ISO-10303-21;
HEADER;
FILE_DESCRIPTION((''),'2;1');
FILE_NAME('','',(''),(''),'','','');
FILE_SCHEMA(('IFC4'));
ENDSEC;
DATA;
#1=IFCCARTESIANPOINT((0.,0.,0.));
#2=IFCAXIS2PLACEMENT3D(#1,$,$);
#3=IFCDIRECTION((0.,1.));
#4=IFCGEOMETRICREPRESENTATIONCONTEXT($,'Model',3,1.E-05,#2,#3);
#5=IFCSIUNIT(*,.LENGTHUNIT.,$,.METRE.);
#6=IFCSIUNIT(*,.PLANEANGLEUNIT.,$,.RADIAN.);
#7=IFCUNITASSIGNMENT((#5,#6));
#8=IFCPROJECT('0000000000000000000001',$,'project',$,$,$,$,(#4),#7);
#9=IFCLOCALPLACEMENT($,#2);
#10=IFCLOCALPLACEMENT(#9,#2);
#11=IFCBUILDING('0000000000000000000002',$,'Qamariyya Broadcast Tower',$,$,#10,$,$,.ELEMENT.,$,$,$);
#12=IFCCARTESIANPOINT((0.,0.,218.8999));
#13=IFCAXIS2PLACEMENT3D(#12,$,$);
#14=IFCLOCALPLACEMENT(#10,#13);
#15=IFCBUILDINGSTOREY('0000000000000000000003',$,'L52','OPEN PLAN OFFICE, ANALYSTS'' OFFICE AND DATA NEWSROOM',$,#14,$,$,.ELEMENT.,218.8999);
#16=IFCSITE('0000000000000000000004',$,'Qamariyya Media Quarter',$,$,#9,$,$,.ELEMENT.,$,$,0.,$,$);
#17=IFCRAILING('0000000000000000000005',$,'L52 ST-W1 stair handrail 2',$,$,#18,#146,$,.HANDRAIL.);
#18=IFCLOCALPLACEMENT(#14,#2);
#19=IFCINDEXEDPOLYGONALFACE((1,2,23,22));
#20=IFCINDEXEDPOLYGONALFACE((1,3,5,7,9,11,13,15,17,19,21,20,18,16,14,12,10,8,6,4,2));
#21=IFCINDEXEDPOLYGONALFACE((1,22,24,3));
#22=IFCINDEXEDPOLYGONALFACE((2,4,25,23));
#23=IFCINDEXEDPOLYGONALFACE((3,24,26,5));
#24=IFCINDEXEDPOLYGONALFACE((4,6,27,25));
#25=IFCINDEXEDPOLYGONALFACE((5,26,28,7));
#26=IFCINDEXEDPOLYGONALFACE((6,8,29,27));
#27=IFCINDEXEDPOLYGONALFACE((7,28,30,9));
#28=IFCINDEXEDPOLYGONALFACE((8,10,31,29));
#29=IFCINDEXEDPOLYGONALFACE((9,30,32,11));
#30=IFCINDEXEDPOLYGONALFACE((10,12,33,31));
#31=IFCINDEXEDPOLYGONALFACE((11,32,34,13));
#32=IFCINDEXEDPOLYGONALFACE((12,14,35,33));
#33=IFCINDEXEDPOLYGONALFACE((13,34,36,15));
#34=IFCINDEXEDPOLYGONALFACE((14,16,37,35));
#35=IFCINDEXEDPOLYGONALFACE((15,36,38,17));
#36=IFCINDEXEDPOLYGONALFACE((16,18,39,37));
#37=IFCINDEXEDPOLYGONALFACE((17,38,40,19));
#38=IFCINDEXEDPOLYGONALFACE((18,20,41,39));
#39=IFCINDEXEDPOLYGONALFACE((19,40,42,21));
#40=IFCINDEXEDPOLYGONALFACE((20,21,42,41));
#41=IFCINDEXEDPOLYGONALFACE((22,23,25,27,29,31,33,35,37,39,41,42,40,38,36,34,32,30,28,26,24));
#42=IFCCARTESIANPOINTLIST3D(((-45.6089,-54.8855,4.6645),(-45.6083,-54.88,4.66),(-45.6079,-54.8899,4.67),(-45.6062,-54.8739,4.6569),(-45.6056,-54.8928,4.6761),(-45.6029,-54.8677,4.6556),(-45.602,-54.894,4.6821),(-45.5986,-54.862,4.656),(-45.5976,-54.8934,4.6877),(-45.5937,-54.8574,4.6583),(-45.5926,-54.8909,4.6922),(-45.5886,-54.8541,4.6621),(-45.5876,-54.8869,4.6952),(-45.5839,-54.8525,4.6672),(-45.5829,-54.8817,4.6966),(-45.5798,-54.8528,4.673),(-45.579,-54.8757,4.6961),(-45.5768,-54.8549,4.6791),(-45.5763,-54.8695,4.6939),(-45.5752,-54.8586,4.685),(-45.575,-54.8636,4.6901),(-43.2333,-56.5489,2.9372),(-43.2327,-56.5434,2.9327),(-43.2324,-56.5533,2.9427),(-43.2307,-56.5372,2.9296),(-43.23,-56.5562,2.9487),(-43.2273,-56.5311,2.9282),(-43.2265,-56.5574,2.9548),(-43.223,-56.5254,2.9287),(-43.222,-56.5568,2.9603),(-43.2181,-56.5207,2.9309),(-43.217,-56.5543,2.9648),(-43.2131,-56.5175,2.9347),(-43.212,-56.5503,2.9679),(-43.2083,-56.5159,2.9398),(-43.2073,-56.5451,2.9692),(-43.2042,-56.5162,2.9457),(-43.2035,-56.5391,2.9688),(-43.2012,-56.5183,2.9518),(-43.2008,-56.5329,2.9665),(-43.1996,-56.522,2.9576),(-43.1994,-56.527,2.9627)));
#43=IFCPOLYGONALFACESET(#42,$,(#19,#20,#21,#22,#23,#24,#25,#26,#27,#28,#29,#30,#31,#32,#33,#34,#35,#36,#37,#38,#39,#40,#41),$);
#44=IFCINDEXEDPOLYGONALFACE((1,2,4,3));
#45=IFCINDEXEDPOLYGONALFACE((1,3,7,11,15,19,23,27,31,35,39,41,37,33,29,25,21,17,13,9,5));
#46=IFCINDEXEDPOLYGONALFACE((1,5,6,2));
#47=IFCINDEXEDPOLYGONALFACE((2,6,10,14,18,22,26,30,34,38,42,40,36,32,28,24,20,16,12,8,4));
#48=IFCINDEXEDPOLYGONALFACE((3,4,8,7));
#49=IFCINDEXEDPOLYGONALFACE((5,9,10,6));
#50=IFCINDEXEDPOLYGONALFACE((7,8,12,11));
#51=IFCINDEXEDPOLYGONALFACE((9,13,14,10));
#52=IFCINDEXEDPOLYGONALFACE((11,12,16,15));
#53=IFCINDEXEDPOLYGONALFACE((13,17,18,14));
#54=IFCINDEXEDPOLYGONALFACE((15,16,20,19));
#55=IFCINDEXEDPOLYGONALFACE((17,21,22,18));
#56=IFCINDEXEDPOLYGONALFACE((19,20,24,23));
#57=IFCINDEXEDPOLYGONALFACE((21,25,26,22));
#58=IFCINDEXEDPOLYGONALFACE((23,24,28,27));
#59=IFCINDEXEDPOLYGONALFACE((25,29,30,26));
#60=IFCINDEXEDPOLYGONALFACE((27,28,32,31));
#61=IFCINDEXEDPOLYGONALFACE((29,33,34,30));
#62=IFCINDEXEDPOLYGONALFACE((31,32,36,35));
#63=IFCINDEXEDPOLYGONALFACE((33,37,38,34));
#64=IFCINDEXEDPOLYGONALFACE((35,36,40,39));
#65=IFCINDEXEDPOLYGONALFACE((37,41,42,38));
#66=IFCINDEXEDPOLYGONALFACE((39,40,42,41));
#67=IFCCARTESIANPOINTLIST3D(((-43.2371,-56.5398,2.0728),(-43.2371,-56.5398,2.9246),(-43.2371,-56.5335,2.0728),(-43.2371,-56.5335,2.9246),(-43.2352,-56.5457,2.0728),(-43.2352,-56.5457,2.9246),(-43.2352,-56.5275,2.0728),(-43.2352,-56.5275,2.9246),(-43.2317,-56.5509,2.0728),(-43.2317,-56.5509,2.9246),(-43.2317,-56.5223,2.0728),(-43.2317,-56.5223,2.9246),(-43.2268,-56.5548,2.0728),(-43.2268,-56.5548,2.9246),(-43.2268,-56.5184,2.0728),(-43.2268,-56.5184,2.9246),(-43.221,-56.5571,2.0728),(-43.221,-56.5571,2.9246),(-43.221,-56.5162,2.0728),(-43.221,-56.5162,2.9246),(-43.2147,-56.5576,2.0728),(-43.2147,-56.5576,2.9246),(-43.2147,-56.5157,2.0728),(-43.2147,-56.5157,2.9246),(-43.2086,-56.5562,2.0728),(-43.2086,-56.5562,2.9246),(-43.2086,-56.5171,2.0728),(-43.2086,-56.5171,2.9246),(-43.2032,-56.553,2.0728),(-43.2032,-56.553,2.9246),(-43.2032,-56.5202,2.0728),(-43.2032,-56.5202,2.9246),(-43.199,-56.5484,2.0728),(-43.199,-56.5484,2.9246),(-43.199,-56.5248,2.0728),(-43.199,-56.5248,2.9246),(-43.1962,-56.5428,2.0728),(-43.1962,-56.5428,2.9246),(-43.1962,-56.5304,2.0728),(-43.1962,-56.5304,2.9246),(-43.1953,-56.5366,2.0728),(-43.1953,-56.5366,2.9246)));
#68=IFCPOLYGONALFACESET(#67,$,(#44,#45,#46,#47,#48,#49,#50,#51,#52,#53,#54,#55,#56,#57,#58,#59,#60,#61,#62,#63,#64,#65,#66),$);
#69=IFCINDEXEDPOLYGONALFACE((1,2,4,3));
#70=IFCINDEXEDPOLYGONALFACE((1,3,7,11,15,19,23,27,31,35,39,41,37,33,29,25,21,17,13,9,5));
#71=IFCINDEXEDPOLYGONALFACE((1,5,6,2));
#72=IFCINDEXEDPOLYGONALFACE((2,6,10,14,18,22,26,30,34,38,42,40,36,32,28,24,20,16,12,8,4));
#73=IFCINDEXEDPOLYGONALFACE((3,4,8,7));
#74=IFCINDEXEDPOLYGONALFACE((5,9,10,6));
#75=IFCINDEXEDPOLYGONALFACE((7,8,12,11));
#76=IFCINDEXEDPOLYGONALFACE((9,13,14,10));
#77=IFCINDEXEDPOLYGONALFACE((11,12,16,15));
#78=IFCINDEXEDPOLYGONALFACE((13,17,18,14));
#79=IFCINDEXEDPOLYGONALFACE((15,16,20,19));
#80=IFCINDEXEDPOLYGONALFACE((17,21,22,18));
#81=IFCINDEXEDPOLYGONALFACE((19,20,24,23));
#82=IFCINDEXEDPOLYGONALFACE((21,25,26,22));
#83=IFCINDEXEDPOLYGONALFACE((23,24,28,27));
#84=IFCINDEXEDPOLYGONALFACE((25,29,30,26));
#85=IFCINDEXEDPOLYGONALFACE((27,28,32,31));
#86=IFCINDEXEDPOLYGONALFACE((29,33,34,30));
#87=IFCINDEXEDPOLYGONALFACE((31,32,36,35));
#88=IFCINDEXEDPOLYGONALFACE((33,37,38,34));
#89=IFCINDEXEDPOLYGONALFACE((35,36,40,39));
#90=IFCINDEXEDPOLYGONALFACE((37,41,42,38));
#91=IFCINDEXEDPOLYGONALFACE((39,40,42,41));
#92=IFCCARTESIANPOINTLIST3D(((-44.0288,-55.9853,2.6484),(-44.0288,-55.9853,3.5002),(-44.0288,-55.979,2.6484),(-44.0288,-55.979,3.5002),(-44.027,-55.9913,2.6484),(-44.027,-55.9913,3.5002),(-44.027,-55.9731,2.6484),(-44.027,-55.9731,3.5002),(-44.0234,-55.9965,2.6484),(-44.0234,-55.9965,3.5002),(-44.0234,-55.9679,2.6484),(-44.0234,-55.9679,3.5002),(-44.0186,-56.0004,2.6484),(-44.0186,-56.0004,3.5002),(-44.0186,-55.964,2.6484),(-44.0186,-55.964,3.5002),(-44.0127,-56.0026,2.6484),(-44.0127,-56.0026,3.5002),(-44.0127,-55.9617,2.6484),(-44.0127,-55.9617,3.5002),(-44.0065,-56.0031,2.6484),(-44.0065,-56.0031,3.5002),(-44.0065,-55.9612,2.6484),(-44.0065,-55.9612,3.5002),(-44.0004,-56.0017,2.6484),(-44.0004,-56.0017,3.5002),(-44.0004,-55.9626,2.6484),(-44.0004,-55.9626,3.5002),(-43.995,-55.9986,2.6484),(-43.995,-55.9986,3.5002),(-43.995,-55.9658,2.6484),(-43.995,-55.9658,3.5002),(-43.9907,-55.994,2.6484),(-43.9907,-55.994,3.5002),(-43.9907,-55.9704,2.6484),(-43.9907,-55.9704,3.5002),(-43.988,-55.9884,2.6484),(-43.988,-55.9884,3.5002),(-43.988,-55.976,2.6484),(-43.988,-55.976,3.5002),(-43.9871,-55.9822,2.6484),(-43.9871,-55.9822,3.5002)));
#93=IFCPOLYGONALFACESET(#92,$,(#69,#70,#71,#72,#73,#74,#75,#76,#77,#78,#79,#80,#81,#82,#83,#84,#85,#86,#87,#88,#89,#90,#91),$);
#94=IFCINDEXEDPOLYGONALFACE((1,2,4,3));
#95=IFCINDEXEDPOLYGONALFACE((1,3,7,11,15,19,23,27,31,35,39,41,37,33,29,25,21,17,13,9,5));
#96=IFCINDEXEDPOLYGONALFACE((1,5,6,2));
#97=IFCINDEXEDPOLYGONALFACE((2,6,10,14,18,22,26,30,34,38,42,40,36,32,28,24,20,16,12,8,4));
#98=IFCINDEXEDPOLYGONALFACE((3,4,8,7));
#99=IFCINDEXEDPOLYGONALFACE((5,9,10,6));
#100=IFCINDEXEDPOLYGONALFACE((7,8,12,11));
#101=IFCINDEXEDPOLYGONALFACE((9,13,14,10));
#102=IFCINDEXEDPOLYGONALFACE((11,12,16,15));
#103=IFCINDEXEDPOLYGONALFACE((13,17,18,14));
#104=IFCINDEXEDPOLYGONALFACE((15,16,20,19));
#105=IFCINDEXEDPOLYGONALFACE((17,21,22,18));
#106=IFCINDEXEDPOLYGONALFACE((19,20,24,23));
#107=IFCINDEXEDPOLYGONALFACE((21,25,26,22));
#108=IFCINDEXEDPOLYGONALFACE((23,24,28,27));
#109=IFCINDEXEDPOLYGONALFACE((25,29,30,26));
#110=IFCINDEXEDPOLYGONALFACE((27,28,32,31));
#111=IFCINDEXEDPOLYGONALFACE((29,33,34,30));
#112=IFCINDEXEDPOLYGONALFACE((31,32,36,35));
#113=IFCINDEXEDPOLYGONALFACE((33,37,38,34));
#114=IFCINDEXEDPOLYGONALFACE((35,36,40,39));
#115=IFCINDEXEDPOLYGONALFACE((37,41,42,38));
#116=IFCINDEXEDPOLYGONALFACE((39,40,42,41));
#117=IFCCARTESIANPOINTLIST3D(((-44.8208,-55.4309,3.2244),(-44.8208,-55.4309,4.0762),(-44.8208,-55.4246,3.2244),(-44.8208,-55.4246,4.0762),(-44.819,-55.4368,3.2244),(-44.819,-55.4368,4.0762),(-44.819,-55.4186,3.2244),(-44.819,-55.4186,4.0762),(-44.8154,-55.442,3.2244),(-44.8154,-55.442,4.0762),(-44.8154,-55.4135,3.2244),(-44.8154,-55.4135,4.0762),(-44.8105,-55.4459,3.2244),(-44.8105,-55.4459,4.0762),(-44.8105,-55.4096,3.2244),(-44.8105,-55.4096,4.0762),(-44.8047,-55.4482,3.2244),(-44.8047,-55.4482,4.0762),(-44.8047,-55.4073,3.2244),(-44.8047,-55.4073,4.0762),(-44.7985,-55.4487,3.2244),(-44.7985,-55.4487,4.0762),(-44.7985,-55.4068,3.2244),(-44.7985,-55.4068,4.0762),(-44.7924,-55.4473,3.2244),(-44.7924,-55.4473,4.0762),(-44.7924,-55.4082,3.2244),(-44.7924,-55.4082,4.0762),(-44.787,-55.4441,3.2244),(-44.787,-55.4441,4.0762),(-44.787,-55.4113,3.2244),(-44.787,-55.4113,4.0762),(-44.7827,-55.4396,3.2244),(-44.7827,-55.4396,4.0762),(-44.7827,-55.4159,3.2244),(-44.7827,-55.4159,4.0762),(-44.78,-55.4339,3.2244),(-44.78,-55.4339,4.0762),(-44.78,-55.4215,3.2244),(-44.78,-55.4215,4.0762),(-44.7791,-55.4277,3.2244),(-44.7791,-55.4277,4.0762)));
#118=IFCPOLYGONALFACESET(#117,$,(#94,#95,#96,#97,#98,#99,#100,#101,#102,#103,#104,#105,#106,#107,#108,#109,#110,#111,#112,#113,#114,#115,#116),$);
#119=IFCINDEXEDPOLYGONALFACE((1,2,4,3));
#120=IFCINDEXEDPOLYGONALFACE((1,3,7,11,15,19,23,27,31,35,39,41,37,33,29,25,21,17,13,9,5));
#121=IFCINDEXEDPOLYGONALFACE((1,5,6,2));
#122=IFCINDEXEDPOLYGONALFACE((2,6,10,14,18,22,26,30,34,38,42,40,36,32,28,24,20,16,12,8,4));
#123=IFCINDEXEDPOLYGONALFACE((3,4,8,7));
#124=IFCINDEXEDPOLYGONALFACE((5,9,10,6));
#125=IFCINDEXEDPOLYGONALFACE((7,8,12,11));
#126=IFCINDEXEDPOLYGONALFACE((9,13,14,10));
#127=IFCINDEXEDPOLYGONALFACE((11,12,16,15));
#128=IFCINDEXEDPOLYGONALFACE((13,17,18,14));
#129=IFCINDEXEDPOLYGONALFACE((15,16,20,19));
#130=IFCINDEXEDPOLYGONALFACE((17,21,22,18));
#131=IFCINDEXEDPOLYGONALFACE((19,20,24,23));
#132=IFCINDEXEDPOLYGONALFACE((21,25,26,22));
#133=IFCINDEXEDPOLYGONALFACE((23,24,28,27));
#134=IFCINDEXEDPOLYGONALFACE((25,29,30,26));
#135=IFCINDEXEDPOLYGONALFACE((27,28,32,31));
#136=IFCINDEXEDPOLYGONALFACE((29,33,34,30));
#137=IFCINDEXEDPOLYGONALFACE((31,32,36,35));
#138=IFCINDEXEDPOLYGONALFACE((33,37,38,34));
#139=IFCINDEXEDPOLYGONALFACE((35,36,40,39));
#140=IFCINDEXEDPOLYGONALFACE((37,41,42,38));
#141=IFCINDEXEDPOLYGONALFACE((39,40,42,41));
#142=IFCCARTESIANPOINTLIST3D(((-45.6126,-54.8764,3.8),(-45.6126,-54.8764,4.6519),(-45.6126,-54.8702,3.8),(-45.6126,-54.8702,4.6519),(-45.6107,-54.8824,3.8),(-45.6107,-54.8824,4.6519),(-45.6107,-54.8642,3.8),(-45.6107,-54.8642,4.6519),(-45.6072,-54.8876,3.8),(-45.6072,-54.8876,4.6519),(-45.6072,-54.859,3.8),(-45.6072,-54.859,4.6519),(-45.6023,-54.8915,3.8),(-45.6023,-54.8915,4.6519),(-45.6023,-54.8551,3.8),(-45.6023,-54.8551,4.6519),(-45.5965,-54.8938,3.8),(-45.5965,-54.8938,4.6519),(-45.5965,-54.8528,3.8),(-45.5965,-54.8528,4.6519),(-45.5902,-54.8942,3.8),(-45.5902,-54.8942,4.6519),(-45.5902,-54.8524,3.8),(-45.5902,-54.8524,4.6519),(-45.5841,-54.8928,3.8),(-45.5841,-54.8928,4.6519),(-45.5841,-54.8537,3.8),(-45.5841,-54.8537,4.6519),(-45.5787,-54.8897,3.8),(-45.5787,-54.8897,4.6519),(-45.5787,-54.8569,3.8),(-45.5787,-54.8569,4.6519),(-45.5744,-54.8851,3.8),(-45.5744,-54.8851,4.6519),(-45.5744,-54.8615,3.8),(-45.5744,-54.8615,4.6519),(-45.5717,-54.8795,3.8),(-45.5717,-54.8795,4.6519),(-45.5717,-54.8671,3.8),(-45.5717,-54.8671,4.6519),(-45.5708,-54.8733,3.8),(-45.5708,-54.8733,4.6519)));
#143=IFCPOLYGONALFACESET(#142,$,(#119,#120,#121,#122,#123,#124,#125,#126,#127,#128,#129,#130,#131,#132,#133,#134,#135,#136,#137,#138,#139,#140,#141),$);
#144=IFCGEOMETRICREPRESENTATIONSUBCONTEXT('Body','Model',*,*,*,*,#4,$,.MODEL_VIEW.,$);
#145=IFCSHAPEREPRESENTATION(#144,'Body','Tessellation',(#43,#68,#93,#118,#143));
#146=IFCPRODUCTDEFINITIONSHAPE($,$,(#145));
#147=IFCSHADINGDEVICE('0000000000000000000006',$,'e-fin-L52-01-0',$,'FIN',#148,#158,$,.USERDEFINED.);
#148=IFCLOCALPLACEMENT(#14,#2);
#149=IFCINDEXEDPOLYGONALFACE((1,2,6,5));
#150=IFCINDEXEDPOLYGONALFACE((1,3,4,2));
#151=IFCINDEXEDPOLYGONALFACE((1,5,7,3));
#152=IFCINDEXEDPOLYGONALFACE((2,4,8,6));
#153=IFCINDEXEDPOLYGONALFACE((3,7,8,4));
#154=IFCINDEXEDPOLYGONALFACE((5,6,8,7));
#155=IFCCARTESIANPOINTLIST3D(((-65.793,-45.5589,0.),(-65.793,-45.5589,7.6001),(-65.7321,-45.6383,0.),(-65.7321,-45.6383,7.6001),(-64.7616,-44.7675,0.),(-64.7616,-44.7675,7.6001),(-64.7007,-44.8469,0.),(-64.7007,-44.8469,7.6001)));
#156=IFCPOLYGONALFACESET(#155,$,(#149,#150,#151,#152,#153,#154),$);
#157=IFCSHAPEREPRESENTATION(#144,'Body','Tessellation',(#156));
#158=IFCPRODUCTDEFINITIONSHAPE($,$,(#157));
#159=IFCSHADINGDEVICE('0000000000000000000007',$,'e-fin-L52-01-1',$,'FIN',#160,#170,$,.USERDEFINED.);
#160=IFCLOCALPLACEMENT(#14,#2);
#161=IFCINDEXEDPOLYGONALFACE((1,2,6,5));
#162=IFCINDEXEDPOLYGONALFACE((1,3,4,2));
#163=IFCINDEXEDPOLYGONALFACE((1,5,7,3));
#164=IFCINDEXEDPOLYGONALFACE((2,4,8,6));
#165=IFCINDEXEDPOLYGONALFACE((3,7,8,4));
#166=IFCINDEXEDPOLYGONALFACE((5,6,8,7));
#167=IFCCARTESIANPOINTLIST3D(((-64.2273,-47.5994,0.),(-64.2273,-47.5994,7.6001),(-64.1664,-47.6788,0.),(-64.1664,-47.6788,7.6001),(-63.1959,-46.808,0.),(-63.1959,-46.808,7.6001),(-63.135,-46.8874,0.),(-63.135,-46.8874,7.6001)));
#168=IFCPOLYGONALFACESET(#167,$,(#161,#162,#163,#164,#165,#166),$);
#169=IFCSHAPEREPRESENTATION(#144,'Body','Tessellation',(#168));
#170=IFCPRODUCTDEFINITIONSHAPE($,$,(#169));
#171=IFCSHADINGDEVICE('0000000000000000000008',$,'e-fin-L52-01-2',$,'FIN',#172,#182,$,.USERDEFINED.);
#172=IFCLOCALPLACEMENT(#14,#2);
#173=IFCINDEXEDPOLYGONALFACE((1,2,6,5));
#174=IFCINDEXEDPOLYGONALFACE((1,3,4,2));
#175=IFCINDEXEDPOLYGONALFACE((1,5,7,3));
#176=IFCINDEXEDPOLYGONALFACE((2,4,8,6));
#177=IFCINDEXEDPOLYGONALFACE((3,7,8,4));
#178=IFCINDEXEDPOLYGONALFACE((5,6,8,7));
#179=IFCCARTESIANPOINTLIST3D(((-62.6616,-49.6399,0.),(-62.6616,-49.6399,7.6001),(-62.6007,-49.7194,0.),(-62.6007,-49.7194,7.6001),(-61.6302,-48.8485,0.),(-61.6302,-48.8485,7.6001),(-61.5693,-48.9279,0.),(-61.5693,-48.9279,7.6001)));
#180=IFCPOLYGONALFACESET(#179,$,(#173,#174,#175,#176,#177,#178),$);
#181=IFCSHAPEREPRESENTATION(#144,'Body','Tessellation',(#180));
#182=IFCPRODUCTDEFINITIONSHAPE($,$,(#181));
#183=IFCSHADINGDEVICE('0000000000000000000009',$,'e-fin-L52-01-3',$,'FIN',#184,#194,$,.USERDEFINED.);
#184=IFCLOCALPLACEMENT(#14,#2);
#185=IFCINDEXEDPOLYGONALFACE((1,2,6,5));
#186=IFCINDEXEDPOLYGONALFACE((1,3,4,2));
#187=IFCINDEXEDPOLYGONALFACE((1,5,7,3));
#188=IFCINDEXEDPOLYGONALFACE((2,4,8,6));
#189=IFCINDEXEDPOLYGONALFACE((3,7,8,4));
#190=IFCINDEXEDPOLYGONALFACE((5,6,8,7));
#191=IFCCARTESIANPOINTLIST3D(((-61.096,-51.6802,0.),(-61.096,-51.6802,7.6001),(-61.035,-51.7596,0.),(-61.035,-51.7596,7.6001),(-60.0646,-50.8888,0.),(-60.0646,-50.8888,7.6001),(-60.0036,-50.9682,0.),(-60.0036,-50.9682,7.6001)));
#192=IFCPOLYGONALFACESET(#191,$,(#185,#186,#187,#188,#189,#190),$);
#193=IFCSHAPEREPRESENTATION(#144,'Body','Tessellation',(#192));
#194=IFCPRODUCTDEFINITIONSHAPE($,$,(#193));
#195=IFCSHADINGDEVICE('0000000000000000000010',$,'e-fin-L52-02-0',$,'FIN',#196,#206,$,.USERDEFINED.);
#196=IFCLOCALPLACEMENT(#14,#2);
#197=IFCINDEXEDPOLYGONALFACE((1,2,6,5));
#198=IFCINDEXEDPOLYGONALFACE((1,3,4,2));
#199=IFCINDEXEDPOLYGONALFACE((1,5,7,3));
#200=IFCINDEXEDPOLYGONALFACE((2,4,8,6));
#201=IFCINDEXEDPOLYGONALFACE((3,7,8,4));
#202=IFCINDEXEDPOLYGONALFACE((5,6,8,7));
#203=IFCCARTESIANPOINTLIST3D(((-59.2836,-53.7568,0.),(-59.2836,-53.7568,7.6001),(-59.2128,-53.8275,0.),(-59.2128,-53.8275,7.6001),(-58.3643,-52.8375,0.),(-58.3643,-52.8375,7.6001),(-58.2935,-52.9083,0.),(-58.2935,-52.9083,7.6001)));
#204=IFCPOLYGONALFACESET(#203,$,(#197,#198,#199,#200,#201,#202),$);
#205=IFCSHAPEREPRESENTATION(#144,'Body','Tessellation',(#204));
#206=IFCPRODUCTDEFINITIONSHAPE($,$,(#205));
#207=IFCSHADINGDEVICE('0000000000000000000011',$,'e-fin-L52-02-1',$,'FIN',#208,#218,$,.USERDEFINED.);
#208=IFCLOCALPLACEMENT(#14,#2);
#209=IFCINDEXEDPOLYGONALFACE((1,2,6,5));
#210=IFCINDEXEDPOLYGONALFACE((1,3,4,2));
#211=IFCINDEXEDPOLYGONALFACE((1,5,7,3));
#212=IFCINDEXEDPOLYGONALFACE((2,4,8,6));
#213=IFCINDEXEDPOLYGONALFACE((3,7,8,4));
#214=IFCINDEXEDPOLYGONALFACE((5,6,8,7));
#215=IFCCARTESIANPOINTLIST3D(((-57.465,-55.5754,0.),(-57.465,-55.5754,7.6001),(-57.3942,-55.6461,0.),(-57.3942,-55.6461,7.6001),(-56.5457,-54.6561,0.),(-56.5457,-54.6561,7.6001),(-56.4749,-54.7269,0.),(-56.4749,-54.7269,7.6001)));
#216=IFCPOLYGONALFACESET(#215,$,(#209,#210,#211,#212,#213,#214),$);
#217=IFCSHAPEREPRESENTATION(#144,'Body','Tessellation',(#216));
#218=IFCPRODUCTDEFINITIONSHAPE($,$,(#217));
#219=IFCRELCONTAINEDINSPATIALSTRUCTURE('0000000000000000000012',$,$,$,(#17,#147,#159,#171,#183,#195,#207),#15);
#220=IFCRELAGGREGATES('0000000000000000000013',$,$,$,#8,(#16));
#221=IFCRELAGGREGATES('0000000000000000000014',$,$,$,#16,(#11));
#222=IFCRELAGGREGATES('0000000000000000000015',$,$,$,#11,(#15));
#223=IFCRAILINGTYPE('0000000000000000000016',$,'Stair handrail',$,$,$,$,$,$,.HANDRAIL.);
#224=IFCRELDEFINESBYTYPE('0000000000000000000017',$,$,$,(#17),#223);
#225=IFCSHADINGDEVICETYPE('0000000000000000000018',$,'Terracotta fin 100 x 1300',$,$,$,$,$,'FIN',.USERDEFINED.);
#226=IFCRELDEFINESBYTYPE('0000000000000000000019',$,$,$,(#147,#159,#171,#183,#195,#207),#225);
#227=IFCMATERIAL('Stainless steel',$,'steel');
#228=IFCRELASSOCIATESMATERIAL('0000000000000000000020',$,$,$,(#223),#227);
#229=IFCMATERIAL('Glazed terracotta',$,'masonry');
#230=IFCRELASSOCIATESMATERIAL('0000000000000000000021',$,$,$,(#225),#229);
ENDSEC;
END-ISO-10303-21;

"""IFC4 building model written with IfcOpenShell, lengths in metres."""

from ifc_helpers import new_model, si_unit, direction, frame, origin, origin_2d, place, context, subcontext, project, spatial, rectangle, circle, extrude, material, material_profile, profile_set, type_object, element, save


model = new_model("IFC4")

# Units and contexts
model_context = context("Model", 3, precision=1e-05, world=origin(), true_north=direction((0.0, 1.0)))
body_context = subcontext(model_context, "Body", "Model", "MODEL_VIEW")
ifc_project = project(units=[si_unit("LENGTHUNIT", "METRE"), si_unit("PLANEANGLEUNIT", "RADIAN")], contexts=[model_context])

# Site, building, storey
site_placement = place(None, origin())
site = spatial("IfcSite", under=ifc_project, at=site_placement, Name="Qamariyya Media Quarter", CompositionType="ELEMENT", RefElevation=0.0)
building_placement = place(site_placement, origin())
building = spatial("IfcBuilding", under=site, at=building_placement, Name="Qamariyya Broadcast Tower", CompositionType="ELEMENT")
storey_placement = place(building_placement, frame((0.0, 0.0, 218.8999)))
storey = spatial("IfcBuildingStorey", under=building, at=storey_placement, Name="L52", Description="OPEN PLAN OFFICE, ANALYSTS' OFFICE AND DATA NEWSROOM", CompositionType="ELEMENT", Elevation=218.8999)

# Railing
ifc_material_1 = material(Name="Stainless steel", Category="steel")
railing_type_1 = type_object("IfcRailingType", Name="Stair handrail", PredefinedType="HANDRAIL", material=ifc_material_1)
railing_1_placement = place(storey_placement, frame((-43.2163, -56.5366, 2.0728)))
element("IfcRailing", 1, at=railing_1_placement, inside=storey, type_object=railing_type_1, Name="L52 ST-W1 stair handrail 2", PredefinedType="HANDRAIL", context=body_context, shape_type="SweptSolid", body=[
    extrude(circle(Radius=0.0239, at=origin_2d()), frame((0.0, 0.0, 0.876), z_axis=(-0.70377, 0.492784, 0.511734), x_axis=(-0.573575, -0.819153, 0.0)), (0.0, 0.0, 1.0), 3.3755),
    extrude(circle(Radius=0.021, at=origin_2d()), origin(), (0.0, 0.0, 1.0), 0.8518),
    extrude(circle(Radius=0.021, at=origin_2d()), frame((-0.7917, 0.5544, 0.5757)), (0.0, 0.0, 1.0), 0.8518),
    extrude(circle(Radius=0.021, at=origin_2d()), frame((-1.5837, 1.1089, 1.1516)), (0.0, 0.0, 1.0), 0.8518),
    extrude(circle(Radius=0.021, at=origin_2d()), frame((-2.3755, 1.6633, 1.7273)), (0.0, 0.0, 1.0), 0.8518),
])

# Shading devices
ifc_material_2 = material(Name="Glazed terracotta", Category="masonry")
ifc_material_profile_1 = material_profile(ifc_material_2, rectangle(XDim=1.3, YDim=0.1001, at=origin_2d()))
ifc_profile_set_1 = profile_set([ifc_material_profile_1], Name="Glazed terracotta")
shading_device_type_1 = type_object("IfcShadingDeviceType", Name="Terracotta fin 100 x 1300", ElementType="FIN", PredefinedType="USERDEFINED", material=ifc_profile_set_1)
for number, where, z_axis, x_axis, name in (
    (2, (-65.2468, -45.2029, 0.0), (0.0, 0.0, 1.0), (-0.793353, -0.608761, 0.0), "e-fin-L52-01-0"),
    (3, (-63.6812, -47.2434, 0.0), (0.0, 0.0, 1.0), (-0.793353, -0.608761, 0.0), "e-fin-L52-01-1"),
    (4, (-62.1155, -49.2839, 0.0), (0.0, 0.0, 1.0), (-0.793353, -0.608761, 0.0), "e-fin-L52-01-2"),
    (5, (-60.5498, -51.3242, 0.0), (0.0, 0.0, 1.0), (-0.793353, -0.608761, 0.0), "e-fin-L52-01-3"),
    (6, (-58.7886, -53.3325, 0.0), (0.0, 0.0, 1.0), (-0.707107, -0.707107, 0.0), "e-fin-L52-02-0"),
    (7, (-56.97, -55.1511, 0.0), (0.0, 0.0, 1.0), (-0.707107, -0.707107, 0.0), "e-fin-L52-02-1"),
):
    element("IfcShadingDevice", number, at=place(storey_placement, frame(where, z_axis=z_axis, x_axis=x_axis)), inside=storey, type_object=shading_device_type_1, Name=name, ObjectType="FIN", PredefinedType="USERDEFINED", context=body_context, shape_type="SweptSolid", body=[
        extrude(rectangle(XDim=1.3, YDim=0.1001, at=origin_2d()), origin(), (0.0, 0.0, 1.0), 7.6001),
    ])

save(model, "model.ifc")
